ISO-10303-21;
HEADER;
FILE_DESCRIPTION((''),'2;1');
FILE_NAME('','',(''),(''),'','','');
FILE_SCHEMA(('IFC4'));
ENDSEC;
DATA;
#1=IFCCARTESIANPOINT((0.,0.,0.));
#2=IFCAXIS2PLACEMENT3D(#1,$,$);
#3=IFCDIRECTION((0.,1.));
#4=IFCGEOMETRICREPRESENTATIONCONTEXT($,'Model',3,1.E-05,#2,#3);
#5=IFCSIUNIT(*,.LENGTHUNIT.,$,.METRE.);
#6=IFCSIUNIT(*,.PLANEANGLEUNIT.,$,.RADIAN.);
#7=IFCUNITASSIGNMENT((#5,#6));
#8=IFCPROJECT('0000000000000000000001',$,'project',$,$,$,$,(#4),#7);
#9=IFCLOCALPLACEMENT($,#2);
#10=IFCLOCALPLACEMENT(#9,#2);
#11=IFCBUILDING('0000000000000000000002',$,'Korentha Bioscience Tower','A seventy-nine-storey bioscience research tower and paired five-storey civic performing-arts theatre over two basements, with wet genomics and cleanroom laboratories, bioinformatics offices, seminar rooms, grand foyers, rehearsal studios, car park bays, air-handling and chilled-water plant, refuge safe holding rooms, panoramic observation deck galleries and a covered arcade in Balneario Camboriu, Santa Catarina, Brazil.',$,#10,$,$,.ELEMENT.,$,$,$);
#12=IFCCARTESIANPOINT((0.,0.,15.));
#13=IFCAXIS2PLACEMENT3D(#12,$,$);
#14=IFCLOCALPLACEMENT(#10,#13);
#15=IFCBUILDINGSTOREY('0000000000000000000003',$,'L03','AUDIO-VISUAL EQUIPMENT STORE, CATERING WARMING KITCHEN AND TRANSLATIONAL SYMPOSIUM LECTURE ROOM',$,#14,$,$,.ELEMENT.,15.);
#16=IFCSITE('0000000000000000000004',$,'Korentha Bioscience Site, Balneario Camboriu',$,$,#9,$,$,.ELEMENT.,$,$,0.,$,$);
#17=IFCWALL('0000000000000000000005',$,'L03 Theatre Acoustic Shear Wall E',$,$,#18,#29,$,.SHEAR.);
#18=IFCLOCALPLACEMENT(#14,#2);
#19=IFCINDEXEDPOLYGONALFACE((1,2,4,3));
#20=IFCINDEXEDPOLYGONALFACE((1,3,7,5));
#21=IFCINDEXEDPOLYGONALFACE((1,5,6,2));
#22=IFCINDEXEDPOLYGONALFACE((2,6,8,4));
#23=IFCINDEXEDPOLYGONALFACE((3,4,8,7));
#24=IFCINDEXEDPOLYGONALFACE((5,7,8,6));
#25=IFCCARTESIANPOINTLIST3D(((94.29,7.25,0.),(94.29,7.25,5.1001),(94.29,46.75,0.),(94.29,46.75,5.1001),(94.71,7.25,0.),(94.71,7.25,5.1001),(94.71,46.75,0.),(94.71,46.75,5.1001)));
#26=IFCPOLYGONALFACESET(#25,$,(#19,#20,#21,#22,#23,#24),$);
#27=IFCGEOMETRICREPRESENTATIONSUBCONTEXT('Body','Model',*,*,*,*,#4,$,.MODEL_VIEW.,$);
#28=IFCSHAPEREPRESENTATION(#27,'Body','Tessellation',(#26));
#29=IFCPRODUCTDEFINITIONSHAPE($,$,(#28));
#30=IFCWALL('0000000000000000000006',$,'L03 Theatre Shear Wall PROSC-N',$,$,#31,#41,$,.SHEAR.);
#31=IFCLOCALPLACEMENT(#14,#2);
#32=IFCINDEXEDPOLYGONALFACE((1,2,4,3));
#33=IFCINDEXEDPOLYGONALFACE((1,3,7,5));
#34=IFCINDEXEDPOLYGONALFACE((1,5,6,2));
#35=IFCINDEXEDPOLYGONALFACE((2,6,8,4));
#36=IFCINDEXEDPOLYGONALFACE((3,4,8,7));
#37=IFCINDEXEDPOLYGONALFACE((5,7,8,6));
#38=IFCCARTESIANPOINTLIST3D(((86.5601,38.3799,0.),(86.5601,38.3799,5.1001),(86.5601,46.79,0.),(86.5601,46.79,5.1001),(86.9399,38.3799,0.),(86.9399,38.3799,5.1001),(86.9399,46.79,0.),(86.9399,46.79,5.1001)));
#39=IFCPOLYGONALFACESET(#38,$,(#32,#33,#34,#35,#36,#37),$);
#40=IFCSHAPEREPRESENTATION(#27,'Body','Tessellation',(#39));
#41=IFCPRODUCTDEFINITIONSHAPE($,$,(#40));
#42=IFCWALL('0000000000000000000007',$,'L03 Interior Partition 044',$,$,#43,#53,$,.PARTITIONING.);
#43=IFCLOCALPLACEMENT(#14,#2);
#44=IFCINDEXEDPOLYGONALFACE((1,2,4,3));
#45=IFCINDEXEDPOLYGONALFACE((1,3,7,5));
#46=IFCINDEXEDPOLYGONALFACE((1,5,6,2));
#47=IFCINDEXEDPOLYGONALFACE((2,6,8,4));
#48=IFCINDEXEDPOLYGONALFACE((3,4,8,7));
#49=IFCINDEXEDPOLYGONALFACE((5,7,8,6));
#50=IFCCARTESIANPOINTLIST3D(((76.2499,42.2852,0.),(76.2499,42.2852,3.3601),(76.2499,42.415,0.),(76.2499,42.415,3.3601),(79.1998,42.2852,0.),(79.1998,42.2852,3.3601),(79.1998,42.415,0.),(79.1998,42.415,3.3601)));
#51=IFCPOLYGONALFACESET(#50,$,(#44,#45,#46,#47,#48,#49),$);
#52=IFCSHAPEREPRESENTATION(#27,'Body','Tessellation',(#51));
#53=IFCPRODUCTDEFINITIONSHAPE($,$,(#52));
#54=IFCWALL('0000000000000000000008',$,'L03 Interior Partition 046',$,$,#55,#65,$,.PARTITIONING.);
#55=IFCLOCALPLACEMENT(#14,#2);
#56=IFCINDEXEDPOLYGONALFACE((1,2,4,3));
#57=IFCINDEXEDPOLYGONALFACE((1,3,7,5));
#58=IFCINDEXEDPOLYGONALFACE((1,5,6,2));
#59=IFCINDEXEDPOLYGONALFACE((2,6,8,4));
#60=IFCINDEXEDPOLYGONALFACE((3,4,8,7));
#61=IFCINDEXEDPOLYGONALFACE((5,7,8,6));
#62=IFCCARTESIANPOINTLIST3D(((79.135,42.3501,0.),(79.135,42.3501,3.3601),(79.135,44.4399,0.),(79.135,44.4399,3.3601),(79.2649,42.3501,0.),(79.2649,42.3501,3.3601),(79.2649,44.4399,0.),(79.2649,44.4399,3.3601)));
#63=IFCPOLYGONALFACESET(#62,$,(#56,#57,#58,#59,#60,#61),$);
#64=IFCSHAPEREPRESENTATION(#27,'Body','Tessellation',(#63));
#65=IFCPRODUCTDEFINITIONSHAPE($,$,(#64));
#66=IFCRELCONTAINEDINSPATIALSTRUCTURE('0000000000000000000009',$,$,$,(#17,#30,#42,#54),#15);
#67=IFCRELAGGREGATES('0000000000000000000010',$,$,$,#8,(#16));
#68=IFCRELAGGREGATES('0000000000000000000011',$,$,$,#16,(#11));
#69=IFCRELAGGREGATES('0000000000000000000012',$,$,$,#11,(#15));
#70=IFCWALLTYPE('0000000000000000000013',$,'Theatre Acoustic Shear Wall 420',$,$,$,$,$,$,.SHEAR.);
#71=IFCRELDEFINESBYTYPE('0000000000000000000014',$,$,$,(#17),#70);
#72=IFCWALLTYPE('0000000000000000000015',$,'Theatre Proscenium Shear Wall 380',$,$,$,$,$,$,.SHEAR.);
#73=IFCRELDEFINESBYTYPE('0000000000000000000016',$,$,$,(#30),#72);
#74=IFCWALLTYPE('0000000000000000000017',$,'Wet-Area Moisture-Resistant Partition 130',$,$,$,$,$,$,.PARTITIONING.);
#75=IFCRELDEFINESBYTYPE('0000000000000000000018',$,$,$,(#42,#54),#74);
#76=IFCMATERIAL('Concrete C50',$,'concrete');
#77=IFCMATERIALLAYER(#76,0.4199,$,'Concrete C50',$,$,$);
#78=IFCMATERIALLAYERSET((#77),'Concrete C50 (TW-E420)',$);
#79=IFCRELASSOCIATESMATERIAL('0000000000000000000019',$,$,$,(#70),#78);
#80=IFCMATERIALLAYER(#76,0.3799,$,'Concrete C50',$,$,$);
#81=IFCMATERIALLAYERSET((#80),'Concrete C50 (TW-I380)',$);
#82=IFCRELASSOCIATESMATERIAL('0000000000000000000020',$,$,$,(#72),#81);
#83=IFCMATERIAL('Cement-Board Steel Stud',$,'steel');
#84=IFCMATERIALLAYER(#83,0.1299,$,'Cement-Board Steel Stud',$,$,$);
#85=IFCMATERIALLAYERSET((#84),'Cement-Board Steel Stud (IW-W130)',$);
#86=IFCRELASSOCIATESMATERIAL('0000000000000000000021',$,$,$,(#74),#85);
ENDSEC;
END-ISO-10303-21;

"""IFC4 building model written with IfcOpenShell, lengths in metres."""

from ifc_helpers import new_model, si_unit, direction, frame, frame_2d, origin, place, context, subcontext, project, spatial, rectangle, extrude, material, layer, layer_set, type_object, element, save


model = new_model("IFC4")

# Units and contexts
model_context = context("Model", 3, precision=1e-05, world=origin(), true_north=direction((0.0, 1.0)))
body_context = subcontext(model_context, "Body", "Model", "MODEL_VIEW")
ifc_project = project(units=[si_unit("LENGTHUNIT", "METRE"), si_unit("PLANEANGLEUNIT", "RADIAN")], contexts=[model_context])

# Site, building, storey
site_placement = place(None, origin())
site = spatial("IfcSite", under=ifc_project, at=site_placement, Name="Korentha Bioscience Site, Balneario Camboriu", CompositionType="ELEMENT", RefElevation=0.0)
building_placement = place(site_placement, origin())
building = spatial("IfcBuilding", under=site, at=building_placement, Name="Korentha Bioscience Tower", Description="A seventy-nine-storey bioscience research tower and paired five-storey civic performing-arts theatre over two basements, with wet genomics and cleanroom laboratories, bioinformatics offices, seminar rooms, grand foyers, rehearsal studios, car park bays, air-handling and chilled-water plant, refuge safe holding rooms, panoramic observation deck galleries and a covered arcade in Balneario Camboriu, Santa Catarina, Brazil.", CompositionType="ELEMENT")
storey_placement = place(building_placement, frame((0.0, 0.0, 15.0)))
storey = spatial("IfcBuildingStorey", under=building, at=storey_placement, Name="L03", Description="AUDIO-VISUAL EQUIPMENT STORE, CATERING WARMING KITCHEN AND TRANSLATIONAL SYMPOSIUM LECTURE ROOM", CompositionType="ELEMENT", Elevation=15.0)

# Shared definitions
ifc_material_1 = material(Name="Concrete C50", Category="concrete")

# Walls
ifc_layer_1 = layer(ifc_material_1, 0.4199, Name="Concrete C50")
ifc_layer_set_1 = layer_set([ifc_layer_1], Name="Concrete C50 (TW-E420)")
wall_type_1 = type_object("IfcWallType", Name="Theatre Acoustic Shear Wall 420", PredefinedType="SHEAR", material=ifc_layer_set_1)
wall_1_placement = place(storey_placement, frame((94.5, 46.75, 0.0), z_axis=(0.0, 0.0, 1.0), x_axis=(0.0, -1.0, 0.0)))
element("IfcWall", 1, at=wall_1_placement, inside=storey, type_object=wall_type_1, Name="L03 Theatre Acoustic Shear Wall E", PredefinedType="SHEAR", context=body_context, shape_type="SweptSolid", body=[
    extrude(rectangle(XDim=39.5, YDim=0.4199, at=frame_2d((19.75, 0.0))), origin(), (0.0, 0.0, 1.0), 5.1001),
])
ifc_layer_2 = layer(ifc_material_1, 0.3799, Name="Concrete C50")
ifc_layer_set_2 = layer_set([ifc_layer_2], Name="Concrete C50 (TW-I380)")
wall_type_2 = type_object("IfcWallType", Name="Theatre Proscenium Shear Wall 380", PredefinedType="SHEAR", material=ifc_layer_set_2)
wall_2_placement = place(storey_placement, frame((86.75, 38.3799, 0.0), z_axis=(0.0, 0.0, 1.0), x_axis=(0.0, 1.0, 0.0)))
element("IfcWall", 2, at=wall_2_placement, inside=storey, type_object=wall_type_2, Name="L03 Theatre Shear Wall PROSC-N", PredefinedType="SHEAR", context=body_context, shape_type="SweptSolid", body=[
    extrude(rectangle(XDim=8.4102, YDim=0.3799, at=frame_2d((4.2051, 0.0))), origin(), (0.0, 0.0, 1.0), 5.1001),
])
ifc_material_2 = material(Name="Cement-Board Steel Stud", Category="steel")
ifc_layer_3 = layer(ifc_material_2, 0.1299, Name="Cement-Board Steel Stud")
ifc_layer_set_3 = layer_set([ifc_layer_3], Name="Cement-Board Steel Stud (IW-W130)")
wall_type_3 = type_object("IfcWallType", Name="Wet-Area Moisture-Resistant Partition 130", PredefinedType="PARTITIONING", material=ifc_layer_set_3)
wall_3_placement = place(storey_placement, frame((79.2, 42.3501, 0.0), z_axis=(0.0, 0.0, 1.0), x_axis=(-1.0, 0.0, 0.0)))
element("IfcWall", 3, at=wall_3_placement, inside=storey, type_object=wall_type_3, Name="L03 Interior Partition 044", PredefinedType="PARTITIONING", context=body_context, shape_type="SweptSolid", body=[
    extrude(rectangle(XDim=2.95, YDim=0.1299, at=frame_2d((1.4751, 0.0))), origin(), (0.0, 0.0, 1.0), 3.3601),
])
wall_4_placement = place(storey_placement, frame((79.2, 44.4399, 0.0), z_axis=(0.0, 0.0, 1.0), x_axis=(0.0, -1.0, 0.0)))
element("IfcWall", 4, at=wall_4_placement, inside=storey, type_object=wall_type_3, Name="L03 Interior Partition 046", PredefinedType="PARTITIONING", context=body_context, shape_type="SweptSolid", body=[
    extrude(rectangle(XDim=2.0898, YDim=0.1299, at=frame_2d((1.0449, 0.0))), origin(), (0.0, 0.0, 1.0), 3.3601),
])

save(model, "model.ifc")
